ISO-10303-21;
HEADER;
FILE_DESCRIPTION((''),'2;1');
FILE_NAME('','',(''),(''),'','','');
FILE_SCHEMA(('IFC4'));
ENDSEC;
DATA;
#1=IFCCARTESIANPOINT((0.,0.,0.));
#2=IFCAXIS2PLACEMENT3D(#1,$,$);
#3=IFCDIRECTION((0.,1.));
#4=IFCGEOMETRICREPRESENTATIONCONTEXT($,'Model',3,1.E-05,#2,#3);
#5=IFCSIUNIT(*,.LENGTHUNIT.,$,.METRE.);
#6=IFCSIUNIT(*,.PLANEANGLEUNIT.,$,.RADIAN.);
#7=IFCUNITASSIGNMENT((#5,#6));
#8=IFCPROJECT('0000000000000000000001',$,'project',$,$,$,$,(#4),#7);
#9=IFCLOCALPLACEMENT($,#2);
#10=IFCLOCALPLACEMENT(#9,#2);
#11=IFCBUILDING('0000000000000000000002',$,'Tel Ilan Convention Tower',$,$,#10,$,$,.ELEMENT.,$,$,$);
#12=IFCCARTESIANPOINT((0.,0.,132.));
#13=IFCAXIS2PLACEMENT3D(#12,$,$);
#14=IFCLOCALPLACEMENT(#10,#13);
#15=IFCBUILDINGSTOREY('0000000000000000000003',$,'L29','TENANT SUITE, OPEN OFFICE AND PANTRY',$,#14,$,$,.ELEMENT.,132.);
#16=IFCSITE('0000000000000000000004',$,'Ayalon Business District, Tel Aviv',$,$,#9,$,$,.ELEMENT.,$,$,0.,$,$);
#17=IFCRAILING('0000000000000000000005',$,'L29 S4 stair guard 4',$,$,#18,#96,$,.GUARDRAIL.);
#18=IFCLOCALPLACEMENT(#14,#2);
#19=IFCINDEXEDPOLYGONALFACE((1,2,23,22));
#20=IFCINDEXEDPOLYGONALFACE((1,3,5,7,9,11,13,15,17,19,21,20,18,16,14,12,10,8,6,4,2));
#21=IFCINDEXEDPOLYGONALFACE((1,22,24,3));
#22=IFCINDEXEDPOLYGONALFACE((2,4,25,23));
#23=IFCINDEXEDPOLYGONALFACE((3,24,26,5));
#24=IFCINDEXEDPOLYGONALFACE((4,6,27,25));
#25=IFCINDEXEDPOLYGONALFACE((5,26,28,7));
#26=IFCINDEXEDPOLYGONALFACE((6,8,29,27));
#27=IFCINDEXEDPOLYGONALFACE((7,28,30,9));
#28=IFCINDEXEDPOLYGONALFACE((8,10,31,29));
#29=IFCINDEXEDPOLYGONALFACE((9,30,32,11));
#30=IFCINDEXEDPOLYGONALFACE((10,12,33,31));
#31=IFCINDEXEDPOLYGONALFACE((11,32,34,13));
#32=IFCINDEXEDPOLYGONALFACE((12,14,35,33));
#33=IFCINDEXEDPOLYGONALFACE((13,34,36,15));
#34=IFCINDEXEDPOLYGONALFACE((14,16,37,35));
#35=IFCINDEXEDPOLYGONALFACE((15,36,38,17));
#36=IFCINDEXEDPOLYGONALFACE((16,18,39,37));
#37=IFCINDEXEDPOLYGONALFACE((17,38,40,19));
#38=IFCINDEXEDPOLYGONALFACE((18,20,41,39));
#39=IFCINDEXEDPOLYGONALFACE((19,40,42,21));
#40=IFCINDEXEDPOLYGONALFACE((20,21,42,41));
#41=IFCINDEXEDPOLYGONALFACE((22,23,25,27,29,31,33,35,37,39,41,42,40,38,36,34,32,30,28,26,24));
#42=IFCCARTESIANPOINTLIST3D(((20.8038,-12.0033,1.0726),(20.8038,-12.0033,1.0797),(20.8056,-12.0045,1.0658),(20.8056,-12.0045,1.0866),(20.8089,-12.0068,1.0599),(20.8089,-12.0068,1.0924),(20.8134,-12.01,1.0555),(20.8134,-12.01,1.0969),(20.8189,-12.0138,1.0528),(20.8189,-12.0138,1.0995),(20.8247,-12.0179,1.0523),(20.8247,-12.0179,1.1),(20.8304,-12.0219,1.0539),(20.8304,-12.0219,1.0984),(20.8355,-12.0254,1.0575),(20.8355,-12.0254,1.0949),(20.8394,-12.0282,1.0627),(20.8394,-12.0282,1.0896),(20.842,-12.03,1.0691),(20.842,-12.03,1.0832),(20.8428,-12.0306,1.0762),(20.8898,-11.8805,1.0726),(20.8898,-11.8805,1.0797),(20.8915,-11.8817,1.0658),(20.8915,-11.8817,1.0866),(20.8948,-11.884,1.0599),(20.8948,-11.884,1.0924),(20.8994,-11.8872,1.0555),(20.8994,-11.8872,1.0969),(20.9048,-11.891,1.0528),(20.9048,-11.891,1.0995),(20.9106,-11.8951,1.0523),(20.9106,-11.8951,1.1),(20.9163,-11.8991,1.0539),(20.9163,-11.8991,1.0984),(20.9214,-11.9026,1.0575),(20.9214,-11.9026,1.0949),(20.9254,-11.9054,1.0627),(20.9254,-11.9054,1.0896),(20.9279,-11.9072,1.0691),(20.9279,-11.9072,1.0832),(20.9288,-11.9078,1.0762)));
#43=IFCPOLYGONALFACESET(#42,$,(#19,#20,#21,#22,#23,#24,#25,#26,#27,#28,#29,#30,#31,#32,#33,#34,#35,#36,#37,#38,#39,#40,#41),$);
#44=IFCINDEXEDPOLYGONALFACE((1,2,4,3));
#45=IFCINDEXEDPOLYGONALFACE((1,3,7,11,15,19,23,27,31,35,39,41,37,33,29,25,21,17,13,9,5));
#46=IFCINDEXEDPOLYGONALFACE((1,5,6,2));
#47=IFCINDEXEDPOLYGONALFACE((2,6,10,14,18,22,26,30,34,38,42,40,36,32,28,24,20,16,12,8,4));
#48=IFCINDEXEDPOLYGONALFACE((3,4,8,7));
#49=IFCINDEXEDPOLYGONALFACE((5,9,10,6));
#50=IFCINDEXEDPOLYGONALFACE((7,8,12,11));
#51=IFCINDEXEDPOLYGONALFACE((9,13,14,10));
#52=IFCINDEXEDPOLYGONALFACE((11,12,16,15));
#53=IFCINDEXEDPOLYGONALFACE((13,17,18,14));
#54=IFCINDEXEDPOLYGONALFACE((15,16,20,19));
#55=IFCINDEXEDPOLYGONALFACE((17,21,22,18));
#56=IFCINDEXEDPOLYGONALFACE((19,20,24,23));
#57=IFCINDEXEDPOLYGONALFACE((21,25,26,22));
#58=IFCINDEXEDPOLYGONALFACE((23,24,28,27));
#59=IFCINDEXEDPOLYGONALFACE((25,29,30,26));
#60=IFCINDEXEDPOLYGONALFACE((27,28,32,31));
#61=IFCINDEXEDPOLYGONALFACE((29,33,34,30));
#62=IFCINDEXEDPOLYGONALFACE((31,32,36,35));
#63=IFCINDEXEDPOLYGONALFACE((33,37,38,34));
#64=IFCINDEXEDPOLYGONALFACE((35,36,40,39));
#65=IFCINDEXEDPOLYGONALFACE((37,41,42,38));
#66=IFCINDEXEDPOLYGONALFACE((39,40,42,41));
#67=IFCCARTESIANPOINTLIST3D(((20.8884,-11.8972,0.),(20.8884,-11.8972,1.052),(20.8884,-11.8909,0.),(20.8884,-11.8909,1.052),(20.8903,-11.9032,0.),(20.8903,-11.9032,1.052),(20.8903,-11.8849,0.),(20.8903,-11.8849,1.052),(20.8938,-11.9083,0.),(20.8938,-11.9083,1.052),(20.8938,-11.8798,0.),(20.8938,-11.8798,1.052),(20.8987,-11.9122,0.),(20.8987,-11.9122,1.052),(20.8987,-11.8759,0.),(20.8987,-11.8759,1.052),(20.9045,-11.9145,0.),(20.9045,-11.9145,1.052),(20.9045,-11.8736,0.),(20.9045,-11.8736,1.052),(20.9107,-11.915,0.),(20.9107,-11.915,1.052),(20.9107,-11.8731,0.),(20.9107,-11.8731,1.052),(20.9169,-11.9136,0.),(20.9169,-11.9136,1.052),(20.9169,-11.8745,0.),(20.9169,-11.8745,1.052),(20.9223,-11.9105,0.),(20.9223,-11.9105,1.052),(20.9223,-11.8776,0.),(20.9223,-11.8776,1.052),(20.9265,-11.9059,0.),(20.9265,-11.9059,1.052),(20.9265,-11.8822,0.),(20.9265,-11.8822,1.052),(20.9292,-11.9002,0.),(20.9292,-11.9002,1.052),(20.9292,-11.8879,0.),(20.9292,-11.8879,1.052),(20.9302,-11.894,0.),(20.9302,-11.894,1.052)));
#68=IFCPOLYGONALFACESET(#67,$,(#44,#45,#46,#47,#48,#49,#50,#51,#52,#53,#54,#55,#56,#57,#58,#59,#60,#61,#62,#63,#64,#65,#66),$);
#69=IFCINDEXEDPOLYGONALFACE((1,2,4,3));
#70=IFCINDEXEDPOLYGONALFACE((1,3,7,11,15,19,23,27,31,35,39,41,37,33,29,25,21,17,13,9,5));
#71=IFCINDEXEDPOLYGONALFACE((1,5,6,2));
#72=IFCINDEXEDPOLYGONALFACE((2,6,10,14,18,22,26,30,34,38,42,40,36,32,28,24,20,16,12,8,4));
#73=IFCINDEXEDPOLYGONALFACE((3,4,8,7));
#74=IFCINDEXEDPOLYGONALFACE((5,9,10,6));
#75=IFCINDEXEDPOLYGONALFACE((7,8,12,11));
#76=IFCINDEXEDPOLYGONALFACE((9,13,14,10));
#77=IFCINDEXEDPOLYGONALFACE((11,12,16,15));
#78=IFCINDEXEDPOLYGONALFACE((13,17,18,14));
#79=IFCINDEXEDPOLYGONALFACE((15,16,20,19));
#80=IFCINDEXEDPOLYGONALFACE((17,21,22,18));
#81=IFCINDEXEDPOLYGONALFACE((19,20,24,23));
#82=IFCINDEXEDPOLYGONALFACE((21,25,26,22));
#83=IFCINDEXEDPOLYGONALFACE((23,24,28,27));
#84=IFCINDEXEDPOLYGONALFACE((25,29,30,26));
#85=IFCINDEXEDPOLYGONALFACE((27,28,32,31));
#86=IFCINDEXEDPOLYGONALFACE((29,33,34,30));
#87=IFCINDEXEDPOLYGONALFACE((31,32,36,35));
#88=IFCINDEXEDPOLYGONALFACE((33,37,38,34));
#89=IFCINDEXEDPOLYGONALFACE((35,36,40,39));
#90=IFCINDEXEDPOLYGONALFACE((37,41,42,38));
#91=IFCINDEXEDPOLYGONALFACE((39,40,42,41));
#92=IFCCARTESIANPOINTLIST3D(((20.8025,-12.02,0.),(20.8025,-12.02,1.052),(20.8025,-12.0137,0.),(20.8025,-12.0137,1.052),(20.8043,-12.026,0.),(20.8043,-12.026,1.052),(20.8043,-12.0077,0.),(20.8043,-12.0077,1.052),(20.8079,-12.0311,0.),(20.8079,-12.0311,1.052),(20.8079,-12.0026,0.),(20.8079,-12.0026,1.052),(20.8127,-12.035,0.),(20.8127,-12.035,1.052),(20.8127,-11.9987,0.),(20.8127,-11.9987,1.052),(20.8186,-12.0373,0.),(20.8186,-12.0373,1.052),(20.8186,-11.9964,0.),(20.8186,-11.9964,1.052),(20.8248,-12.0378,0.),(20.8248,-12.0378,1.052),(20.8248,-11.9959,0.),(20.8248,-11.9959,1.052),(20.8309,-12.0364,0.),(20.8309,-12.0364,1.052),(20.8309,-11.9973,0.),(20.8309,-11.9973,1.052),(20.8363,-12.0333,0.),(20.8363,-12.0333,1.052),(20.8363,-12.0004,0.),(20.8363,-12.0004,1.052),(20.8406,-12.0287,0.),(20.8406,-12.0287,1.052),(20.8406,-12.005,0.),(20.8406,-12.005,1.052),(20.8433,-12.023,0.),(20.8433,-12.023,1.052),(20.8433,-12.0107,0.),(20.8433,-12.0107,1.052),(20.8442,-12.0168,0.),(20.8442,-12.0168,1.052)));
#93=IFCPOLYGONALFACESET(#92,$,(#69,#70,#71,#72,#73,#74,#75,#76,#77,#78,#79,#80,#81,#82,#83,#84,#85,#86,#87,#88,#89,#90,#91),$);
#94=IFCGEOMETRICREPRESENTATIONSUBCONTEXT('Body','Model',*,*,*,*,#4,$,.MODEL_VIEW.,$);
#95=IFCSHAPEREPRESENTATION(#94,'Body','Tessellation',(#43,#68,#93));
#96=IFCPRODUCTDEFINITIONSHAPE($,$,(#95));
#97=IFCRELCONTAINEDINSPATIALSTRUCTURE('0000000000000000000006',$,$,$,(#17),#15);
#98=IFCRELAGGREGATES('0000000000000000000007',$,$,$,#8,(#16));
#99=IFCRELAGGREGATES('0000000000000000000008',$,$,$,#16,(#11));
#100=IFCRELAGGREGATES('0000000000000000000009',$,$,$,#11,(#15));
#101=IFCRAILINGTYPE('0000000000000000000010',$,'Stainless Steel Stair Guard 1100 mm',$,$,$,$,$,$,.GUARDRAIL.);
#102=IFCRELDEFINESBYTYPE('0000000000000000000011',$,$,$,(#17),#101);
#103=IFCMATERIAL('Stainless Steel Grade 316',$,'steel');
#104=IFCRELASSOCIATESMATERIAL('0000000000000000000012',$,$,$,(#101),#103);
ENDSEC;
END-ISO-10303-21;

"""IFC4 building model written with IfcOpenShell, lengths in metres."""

from ifc_helpers import new_model, si_unit, direction, frame, origin, origin_2d, place, context, subcontext, project, spatial, circle, extrude, material, type_object, element, save


model = new_model("IFC4")

# Units and contexts
model_context = context("Model", 3, precision=1e-05, world=origin(), true_north=direction((0.0, 1.0)))
body_context = subcontext(model_context, "Body", "Model", "MODEL_VIEW")
ifc_project = project(units=[si_unit("LENGTHUNIT", "METRE"), si_unit("PLANEANGLEUNIT", "RADIAN")], contexts=[model_context])

# Site, building, storey
site_placement = place(None, origin())
site = spatial("IfcSite", under=ifc_project, at=site_placement, Name="Ayalon Business District, Tel Aviv", CompositionType="ELEMENT", RefElevation=0.0)
building_placement = place(site_placement, origin())
building = spatial("IfcBuilding", under=site, at=building_placement, Name="Tel Ilan Convention Tower", CompositionType="ELEMENT")
storey_placement = place(building_placement, frame((0.0, 0.0, 132.0)))
storey = spatial("IfcBuildingStorey", under=building, at=storey_placement, Name="L29", Description="TENANT SUITE, OPEN OFFICE AND PANTRY", CompositionType="ELEMENT", Elevation=132.0)

# Railing
ifc_material_1 = material(Name="Stainless Steel Grade 316", Category="steel")
railing_type_1 = type_object("IfcRailingType", Name="Stainless Steel Stair Guard 1100 mm", PredefinedType="GUARDRAIL", material=ifc_material_1)
railing_1_placement = place(storey_placement, frame((20.9092, -11.894, 0.0)))
element("IfcRailing", 1, at=railing_1_placement, inside=storey, type_object=railing_type_1, Name="L29 S4 stair guard 4", PredefinedType="GUARDRAIL", context=body_context, shape_type="SweptSolid", body=[
    extrude(circle(Radius=0.0239, at=origin_2d()), frame((0.0, 0.0, 1.0762), z_axis=(-0.573353, -0.819308, 0.0), x_axis=(0.819308, -0.573353, 0.0)), (0.0, 0.0, 1.0), 0.1499),
    extrude(circle(Radius=0.021, at=origin_2d()), origin(), (0.0, 0.0, 1.0), 1.052),
    extrude(circle(Radius=0.021, at=origin_2d()), frame((-0.0859, -0.1228, 0.0)), (0.0, 0.0, 1.0), 1.052),
])

save(model, "model.ifc")
